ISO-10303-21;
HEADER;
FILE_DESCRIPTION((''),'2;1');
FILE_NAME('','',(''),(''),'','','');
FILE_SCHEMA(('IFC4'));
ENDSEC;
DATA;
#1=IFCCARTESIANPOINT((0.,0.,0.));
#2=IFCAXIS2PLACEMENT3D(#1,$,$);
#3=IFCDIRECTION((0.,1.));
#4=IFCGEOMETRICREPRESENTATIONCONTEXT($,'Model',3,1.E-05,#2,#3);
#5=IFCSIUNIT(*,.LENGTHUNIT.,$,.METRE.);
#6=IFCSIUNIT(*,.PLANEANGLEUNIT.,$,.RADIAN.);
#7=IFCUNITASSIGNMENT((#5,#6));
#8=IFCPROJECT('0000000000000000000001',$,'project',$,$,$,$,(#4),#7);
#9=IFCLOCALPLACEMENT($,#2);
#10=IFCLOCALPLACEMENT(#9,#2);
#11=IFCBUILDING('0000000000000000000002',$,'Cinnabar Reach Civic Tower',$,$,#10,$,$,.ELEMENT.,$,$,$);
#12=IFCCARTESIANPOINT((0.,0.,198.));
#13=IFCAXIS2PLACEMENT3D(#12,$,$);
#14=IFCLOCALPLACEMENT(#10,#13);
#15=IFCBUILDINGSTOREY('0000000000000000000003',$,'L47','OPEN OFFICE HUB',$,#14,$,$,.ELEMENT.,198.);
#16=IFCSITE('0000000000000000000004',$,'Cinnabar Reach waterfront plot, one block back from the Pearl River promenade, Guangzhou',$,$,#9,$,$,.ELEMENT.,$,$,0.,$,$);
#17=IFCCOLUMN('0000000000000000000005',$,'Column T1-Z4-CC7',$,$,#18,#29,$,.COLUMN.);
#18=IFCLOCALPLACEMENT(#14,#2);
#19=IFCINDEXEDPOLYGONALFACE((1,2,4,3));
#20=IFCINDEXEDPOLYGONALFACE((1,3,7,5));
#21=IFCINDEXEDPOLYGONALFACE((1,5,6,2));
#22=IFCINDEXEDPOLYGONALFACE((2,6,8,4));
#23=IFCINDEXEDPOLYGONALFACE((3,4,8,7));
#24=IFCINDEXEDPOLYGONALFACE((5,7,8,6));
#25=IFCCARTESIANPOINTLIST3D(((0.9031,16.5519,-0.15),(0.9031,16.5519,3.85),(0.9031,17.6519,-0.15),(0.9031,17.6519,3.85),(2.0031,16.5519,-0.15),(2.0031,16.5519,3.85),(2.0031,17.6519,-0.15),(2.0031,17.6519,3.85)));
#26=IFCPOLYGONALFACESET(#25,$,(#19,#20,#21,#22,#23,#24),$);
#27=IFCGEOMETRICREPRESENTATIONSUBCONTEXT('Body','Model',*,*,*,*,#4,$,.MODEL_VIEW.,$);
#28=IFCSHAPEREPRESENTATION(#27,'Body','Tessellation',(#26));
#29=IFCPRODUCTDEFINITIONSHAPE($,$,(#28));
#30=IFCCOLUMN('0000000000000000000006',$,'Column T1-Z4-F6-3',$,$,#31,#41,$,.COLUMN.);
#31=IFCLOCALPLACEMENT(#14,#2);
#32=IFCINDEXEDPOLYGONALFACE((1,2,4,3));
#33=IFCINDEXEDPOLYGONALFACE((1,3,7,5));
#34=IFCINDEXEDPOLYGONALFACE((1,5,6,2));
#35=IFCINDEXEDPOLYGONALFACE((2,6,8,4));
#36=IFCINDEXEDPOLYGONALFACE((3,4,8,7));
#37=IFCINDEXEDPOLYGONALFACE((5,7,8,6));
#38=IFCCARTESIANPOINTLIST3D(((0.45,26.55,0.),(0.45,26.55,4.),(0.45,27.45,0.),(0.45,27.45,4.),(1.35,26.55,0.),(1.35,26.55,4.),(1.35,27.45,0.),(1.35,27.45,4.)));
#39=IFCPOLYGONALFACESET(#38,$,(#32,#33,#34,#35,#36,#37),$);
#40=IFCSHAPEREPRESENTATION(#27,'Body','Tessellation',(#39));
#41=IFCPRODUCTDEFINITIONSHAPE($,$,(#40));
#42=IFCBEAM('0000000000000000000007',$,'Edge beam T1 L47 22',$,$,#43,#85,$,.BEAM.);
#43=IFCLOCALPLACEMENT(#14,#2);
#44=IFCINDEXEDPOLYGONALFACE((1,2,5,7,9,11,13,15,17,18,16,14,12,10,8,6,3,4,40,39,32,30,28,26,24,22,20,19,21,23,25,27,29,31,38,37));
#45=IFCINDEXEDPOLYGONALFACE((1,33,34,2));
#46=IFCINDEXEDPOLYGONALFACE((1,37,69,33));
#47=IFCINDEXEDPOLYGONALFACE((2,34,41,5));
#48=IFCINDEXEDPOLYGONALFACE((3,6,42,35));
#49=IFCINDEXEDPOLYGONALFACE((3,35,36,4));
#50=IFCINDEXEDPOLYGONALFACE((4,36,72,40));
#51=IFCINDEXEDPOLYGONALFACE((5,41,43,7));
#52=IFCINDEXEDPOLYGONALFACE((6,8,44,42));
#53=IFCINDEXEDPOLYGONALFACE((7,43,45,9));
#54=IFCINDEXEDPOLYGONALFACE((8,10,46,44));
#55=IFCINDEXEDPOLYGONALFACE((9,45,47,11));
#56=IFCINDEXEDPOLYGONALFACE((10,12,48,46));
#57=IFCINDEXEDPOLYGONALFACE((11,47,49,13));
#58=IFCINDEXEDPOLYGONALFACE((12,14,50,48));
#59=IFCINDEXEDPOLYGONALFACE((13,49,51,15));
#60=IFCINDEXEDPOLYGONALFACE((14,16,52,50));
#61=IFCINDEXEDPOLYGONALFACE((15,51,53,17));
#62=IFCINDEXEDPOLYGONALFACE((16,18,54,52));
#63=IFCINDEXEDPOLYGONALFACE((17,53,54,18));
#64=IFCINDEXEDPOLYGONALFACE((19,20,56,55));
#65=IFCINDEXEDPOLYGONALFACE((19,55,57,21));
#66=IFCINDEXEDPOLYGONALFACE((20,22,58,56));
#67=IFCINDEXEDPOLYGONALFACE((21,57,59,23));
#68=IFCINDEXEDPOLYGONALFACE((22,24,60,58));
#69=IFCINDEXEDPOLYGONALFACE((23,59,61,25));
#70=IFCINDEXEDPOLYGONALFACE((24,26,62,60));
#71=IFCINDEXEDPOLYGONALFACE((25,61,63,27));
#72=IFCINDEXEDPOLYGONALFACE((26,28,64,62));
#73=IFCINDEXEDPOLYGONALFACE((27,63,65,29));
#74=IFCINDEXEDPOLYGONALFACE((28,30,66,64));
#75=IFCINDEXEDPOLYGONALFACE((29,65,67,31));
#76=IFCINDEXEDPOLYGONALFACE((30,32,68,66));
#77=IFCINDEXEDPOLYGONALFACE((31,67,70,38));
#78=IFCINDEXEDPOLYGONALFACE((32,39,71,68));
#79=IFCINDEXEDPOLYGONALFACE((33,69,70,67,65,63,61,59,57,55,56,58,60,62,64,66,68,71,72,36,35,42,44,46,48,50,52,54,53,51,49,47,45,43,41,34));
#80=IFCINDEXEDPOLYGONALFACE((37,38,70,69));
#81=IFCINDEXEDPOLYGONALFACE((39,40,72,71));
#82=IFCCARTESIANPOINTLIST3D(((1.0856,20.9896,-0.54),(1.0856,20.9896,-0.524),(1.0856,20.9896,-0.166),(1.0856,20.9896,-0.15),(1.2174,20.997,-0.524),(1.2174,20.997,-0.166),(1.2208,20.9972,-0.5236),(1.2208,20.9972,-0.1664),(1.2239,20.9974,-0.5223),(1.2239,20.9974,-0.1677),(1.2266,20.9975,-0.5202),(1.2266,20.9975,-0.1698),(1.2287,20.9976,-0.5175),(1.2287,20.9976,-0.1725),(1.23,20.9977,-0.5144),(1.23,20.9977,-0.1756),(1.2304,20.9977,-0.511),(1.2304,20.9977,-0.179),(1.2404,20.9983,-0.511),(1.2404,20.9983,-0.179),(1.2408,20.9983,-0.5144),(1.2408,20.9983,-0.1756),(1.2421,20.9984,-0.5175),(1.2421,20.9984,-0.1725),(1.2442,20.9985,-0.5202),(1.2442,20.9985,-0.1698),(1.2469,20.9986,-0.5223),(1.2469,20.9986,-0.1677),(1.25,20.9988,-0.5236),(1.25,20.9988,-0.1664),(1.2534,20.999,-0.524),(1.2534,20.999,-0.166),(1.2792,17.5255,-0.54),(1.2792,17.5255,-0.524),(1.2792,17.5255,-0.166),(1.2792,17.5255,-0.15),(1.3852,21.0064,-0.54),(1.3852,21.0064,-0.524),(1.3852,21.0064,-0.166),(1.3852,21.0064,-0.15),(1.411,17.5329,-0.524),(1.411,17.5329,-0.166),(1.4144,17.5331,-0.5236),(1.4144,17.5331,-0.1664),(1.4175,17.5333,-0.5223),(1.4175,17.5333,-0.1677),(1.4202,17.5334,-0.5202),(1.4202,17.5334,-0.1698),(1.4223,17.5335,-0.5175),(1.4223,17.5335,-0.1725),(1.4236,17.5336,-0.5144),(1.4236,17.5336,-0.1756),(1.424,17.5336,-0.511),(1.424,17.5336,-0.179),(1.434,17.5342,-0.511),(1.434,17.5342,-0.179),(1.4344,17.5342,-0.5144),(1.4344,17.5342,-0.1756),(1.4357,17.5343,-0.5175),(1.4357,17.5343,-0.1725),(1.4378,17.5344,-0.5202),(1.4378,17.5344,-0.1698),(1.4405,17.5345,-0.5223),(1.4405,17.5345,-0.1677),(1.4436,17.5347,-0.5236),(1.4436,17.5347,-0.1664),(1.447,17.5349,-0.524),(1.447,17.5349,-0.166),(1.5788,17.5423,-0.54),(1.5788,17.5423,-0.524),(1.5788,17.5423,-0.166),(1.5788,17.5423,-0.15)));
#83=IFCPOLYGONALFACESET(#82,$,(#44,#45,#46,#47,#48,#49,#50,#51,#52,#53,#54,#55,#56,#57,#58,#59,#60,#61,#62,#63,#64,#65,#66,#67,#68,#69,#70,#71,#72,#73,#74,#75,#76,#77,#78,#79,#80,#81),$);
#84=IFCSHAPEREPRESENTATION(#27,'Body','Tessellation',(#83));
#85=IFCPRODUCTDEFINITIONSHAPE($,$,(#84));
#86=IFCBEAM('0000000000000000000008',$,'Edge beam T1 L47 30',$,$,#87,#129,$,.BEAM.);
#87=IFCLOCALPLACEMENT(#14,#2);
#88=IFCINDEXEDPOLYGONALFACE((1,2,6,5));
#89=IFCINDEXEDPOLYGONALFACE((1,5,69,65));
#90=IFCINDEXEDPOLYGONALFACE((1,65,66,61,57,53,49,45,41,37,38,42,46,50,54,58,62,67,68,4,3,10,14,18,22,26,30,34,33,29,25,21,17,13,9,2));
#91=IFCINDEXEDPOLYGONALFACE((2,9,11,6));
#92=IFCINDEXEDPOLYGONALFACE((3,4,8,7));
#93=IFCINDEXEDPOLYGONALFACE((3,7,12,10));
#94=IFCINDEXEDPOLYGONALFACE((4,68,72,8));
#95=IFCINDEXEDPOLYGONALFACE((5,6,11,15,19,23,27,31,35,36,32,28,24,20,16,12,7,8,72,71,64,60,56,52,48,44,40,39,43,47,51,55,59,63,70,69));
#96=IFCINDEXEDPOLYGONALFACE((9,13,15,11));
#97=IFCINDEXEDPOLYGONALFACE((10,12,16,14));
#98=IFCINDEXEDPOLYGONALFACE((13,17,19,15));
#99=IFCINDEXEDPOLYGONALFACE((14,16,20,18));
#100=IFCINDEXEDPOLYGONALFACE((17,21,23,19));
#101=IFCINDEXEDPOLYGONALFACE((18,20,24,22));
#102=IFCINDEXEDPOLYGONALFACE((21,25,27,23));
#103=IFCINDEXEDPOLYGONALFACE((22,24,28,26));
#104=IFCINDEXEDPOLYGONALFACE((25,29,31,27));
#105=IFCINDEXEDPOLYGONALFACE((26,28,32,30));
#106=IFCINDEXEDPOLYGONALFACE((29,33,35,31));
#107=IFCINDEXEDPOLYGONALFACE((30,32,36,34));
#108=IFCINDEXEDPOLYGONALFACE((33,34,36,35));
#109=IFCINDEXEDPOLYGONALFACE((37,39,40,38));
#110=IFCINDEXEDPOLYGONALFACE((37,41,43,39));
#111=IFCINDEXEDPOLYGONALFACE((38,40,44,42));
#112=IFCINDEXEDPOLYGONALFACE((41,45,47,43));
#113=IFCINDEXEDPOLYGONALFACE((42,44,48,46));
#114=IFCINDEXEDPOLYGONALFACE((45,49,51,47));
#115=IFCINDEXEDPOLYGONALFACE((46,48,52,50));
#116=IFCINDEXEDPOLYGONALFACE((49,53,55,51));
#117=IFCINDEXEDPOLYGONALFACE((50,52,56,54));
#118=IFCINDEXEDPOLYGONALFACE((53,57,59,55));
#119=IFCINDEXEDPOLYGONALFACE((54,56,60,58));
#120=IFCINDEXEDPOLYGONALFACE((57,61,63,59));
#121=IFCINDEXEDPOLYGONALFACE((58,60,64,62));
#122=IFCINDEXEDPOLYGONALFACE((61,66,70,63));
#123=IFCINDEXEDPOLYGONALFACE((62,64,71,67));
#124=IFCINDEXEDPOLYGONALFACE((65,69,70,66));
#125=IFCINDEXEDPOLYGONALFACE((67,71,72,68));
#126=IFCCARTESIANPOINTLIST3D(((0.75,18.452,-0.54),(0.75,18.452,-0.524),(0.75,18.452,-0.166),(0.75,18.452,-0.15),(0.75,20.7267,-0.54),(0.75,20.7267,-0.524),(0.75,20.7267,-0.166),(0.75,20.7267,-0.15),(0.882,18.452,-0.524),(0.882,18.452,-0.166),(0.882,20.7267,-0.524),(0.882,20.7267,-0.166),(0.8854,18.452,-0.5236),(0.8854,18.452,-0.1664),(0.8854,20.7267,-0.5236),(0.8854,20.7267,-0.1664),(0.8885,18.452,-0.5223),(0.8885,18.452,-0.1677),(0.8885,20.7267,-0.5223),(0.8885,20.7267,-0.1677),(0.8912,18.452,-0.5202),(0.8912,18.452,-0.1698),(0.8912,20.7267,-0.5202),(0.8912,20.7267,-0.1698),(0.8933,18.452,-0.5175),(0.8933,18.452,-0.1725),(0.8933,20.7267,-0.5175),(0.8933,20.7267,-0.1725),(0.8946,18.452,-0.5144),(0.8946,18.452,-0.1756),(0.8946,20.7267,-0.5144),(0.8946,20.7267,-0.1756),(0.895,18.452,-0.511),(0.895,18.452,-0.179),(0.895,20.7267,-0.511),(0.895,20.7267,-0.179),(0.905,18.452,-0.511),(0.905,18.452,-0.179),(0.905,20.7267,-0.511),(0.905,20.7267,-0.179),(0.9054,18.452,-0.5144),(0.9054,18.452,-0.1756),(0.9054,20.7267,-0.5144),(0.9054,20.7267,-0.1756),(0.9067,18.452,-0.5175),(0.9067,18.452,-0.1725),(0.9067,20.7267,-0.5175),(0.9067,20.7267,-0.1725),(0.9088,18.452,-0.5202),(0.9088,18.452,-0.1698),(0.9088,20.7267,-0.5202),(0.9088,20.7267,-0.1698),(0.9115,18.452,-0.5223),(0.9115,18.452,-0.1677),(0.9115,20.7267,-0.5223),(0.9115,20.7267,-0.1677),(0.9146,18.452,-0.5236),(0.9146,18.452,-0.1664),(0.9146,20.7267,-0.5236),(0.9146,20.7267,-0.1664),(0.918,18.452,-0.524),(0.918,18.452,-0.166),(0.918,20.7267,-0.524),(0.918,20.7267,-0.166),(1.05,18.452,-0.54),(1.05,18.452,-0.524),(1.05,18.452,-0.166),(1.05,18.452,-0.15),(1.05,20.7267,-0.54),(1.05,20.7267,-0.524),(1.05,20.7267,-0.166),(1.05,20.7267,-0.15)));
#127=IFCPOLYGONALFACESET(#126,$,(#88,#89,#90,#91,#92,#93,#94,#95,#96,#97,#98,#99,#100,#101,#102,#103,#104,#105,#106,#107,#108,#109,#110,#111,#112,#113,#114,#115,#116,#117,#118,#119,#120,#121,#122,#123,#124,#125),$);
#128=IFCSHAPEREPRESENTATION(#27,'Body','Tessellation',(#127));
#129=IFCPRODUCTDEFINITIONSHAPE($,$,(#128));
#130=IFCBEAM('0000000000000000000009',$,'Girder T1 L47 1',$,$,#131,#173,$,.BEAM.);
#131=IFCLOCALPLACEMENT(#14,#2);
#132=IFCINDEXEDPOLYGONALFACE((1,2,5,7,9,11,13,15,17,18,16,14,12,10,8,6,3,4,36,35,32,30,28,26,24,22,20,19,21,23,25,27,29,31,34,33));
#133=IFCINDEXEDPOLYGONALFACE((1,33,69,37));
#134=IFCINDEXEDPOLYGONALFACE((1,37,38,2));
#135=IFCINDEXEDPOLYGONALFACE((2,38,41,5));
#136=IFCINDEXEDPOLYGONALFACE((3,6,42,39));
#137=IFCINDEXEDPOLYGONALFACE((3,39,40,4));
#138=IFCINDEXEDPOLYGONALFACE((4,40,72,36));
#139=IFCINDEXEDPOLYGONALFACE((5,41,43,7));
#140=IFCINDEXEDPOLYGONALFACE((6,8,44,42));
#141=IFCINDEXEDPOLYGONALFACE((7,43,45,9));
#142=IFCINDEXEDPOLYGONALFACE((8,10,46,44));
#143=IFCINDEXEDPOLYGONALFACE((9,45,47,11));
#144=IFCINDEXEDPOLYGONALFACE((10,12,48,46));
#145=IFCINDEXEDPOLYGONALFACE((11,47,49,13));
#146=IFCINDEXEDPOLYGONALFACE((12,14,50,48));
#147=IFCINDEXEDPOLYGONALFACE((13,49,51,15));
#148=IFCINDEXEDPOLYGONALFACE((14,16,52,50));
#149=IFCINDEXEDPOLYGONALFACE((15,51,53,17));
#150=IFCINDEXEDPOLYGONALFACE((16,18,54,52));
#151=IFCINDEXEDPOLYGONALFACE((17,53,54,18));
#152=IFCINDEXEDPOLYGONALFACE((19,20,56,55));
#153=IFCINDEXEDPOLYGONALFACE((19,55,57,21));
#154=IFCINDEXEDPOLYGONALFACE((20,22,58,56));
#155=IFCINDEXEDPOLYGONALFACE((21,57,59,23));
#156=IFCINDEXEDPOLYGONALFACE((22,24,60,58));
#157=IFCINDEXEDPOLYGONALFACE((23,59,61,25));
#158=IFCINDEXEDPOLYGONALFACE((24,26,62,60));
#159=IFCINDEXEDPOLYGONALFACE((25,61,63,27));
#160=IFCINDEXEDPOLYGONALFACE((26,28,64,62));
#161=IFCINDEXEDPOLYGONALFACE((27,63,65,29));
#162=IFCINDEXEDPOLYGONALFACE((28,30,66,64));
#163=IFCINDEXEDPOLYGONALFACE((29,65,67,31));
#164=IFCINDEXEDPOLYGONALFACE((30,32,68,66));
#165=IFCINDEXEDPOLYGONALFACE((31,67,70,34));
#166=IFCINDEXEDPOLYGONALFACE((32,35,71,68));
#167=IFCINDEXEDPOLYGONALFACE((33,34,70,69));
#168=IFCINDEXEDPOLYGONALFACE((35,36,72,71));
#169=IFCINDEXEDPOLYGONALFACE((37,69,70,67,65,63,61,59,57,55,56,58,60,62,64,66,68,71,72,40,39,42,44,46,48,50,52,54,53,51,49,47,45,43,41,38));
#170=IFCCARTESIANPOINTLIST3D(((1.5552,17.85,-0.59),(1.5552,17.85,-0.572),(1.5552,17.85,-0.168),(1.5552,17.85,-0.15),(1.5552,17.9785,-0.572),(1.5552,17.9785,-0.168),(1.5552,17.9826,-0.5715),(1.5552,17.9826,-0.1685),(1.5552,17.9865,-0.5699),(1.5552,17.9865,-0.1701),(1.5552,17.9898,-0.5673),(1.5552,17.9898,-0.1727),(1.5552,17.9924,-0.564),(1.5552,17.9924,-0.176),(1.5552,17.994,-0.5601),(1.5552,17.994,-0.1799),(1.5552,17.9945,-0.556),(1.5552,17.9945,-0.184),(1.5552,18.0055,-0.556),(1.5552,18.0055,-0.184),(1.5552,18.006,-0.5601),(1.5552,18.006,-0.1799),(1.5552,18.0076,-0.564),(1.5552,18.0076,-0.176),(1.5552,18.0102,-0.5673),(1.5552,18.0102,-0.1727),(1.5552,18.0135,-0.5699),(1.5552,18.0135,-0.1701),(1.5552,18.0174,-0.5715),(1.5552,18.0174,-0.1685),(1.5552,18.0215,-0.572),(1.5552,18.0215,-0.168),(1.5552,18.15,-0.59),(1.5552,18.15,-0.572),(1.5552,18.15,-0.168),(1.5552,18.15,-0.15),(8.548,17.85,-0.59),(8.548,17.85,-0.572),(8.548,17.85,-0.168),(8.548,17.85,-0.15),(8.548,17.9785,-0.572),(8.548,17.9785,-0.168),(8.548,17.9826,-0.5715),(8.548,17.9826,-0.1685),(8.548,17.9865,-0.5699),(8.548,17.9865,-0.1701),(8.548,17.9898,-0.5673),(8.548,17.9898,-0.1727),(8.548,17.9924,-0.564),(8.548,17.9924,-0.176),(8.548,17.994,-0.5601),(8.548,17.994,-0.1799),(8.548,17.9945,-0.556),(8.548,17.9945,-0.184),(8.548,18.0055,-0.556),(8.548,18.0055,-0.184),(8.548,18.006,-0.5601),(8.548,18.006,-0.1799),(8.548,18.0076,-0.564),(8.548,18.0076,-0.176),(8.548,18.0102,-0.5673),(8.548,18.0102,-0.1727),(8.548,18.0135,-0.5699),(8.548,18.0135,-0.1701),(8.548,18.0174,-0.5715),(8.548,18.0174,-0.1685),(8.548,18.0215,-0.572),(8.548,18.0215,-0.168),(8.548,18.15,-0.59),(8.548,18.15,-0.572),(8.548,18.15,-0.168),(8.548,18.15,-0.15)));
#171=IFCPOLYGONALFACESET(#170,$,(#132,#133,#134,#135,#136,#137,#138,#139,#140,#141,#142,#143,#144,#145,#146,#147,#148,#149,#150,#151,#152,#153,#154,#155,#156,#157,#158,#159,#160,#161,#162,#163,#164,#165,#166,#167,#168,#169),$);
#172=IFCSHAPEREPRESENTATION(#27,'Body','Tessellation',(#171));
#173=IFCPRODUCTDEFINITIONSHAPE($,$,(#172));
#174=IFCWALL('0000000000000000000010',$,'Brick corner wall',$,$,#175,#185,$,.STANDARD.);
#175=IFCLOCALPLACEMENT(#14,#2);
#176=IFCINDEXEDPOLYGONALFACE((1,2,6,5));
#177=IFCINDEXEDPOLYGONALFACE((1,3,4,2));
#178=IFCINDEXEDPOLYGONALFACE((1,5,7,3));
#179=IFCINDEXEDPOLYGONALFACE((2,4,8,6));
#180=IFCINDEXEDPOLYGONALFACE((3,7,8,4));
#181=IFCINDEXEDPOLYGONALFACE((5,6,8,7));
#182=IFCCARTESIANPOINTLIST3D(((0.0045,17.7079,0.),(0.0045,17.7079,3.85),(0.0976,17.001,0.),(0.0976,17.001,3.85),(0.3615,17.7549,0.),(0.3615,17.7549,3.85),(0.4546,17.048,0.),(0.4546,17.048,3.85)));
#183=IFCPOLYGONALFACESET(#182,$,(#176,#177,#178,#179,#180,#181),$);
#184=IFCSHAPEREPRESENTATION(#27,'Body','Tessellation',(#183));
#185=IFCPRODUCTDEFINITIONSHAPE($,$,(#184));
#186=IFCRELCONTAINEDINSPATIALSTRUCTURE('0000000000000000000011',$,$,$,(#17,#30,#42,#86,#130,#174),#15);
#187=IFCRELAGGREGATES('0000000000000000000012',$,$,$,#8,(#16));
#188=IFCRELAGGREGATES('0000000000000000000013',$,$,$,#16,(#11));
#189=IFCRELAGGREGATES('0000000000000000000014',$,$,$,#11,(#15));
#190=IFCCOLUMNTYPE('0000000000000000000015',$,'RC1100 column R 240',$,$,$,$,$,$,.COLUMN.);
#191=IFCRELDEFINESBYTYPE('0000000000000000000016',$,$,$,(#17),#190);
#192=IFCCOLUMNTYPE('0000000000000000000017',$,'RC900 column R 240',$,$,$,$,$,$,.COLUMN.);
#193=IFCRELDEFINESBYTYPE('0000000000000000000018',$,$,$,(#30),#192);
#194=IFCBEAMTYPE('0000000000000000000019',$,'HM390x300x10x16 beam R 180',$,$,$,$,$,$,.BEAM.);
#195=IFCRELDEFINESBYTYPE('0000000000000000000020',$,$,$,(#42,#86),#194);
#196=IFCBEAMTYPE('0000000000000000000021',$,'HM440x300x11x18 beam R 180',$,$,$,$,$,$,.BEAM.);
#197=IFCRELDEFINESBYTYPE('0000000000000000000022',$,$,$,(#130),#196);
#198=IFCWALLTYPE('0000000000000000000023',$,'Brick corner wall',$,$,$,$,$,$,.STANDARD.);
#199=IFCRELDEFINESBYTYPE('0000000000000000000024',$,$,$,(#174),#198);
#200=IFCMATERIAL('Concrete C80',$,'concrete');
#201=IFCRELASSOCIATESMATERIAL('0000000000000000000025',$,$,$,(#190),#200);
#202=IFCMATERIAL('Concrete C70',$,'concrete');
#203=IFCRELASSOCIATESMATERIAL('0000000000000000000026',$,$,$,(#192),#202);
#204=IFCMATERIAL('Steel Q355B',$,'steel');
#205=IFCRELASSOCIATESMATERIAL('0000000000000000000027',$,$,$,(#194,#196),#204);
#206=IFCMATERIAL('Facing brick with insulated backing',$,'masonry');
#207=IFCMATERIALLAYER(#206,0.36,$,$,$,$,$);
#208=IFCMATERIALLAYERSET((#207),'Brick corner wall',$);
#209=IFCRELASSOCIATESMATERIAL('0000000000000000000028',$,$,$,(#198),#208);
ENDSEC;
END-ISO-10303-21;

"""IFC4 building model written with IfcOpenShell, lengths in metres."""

from ifc_helpers import new_model, si_unit, direction, frame, frame_2d, origin, origin_2d, place, context, subcontext, project, spatial, rectangle, i_section, extrude, material, layer, layer_set, material_profile, profile_set, type_object, element, save


model = new_model("IFC4")

# Units and contexts
model_context = context("Model", 3, precision=1e-05, world=origin(), true_north=direction((0.0, 1.0)))
body_context = subcontext(model_context, "Body", "Model", "MODEL_VIEW")
ifc_project = project(units=[si_unit("LENGTHUNIT", "METRE"), si_unit("PLANEANGLEUNIT", "RADIAN")], contexts=[model_context])

# Site, building, storey
site_placement = place(None, origin())
site = spatial("IfcSite", under=ifc_project, at=site_placement, Name="Cinnabar Reach waterfront plot, one block back from the Pearl River promenade, Guangzhou", CompositionType="ELEMENT", RefElevation=0.0)
building_placement = place(site_placement, origin())
building = spatial("IfcBuilding", under=site, at=building_placement, Name="Cinnabar Reach Civic Tower", CompositionType="ELEMENT")
storey_placement = place(building_placement, frame((0.0, 0.0, 198.0)))
storey = spatial("IfcBuildingStorey", under=building, at=storey_placement, Name="L47", Description="OPEN OFFICE HUB", CompositionType="ELEMENT", Elevation=198.0)

# Columns
ifc_material_1 = material(Name="Concrete C80", Category="concrete")
ifc_material_profile_1 = material_profile(ifc_material_1, rectangle(XDim=1.1, YDim=1.1, at=origin_2d()), Name="RC1100")
ifc_profile_set_1 = profile_set([ifc_material_profile_1], Name="Concrete C80")
column_type_1 = type_object("IfcColumnType", Name="RC1100 column R 240", PredefinedType="COLUMN", material=ifc_profile_set_1)
column_1_placement = place(storey_placement, frame((1.4531, 17.1019, -0.15), z_axis=(0.0, 0.0, 1.0), x_axis=(1.0, 0.0, 0.0)))
element("IfcColumn", 1, at=column_1_placement, inside=storey, type_object=column_type_1, Name="Column T1-Z4-CC7", PredefinedType="COLUMN", context=body_context, shape_type="SweptSolid", body=[
    extrude(rectangle(XDim=1.1, YDim=1.1, at=origin_2d()), origin(), (0.0, 0.0, 1.0), 4.0),
])
ifc_material_2 = material(Name="Concrete C70", Category="concrete")
ifc_material_profile_2 = material_profile(ifc_material_2, rectangle(XDim=0.9, YDim=0.9, at=origin_2d()), Name="RC900")
ifc_profile_set_2 = profile_set([ifc_material_profile_2], Name="Concrete C70")
column_type_2 = type_object("IfcColumnType", Name="RC900 column R 240", PredefinedType="COLUMN", material=ifc_profile_set_2)
column_2_placement = place(storey_placement, frame((0.9, 27.0, 0.0), z_axis=(0.0, 0.0, 1.0), x_axis=(1.0, 0.0, 0.0)))
element("IfcColumn", 2, at=column_2_placement, inside=storey, type_object=column_type_2, Name="Column T1-Z4-F6-3", PredefinedType="COLUMN", context=body_context, shape_type="SweptSolid", body=[
    extrude(rectangle(XDim=0.9, YDim=0.9, at=origin_2d()), origin(), (0.0, 0.0, 1.0), 4.0),
])

# Beams
ifc_material_3 = material(Name="Steel Q355B", Category="steel")
ifc_material_profile_3 = material_profile(ifc_material_3, i_section(OverallWidth=0.3, OverallDepth=0.39, WebThickness=0.01, FlangeThickness=0.016, FilletRadius=0.013, at=origin_2d()), Name="HM390x300x10x16")
ifc_profile_set_3 = profile_set([ifc_material_profile_3], Name="Steel Q355B")
beam_type_1 = type_object("IfcBeamType", Name="HM390x300x10x16 beam R 180", PredefinedType="BEAM", material=ifc_profile_set_3)
beam_1_placement = place(storey_placement, frame((1.2354, 20.998, -0.345), z_axis=(0.0558, -0.998442, 0.0), x_axis=(0.998442, 0.0558, 0.0)))
element("IfcBeam", 3, at=beam_1_placement, inside=storey, type_object=beam_type_1, Name="Edge beam T1 L47 22", PredefinedType="BEAM", context=body_context, shape_type="SweptSolid", body=[
    extrude(i_section(OverallWidth=0.3, OverallDepth=0.39, WebThickness=0.01, FlangeThickness=0.016, FilletRadius=0.013, at=origin_2d()), origin(), (0.0, 0.0, 1.0), 3.4695),
])
beam_2_placement = place(storey_placement, frame((0.9, 20.7267, -0.345), z_axis=(0.0, -1.0, 0.0), x_axis=(1.0, 0.0, 0.0)))
element("IfcBeam", 4, at=beam_2_placement, inside=storey, type_object=beam_type_1, Name="Edge beam T1 L47 30", PredefinedType="BEAM", context=body_context, shape_type="SweptSolid", body=[
    extrude(i_section(OverallWidth=0.3, OverallDepth=0.39, WebThickness=0.01, FlangeThickness=0.016, FilletRadius=0.013, at=origin_2d()), origin(), (0.0, 0.0, 1.0), 2.2747),
])
ifc_material_profile_4 = material_profile(ifc_material_3, i_section(OverallWidth=0.3, OverallDepth=0.44, WebThickness=0.011, FlangeThickness=0.018, FilletRadius=0.016, at=origin_2d()), Name="HM440x300x11x18")
ifc_profile_set_4 = profile_set([ifc_material_profile_4], Name="Steel Q355B")
beam_type_2 = type_object("IfcBeamType", Name="HM440x300x11x18 beam R 180", PredefinedType="BEAM", material=ifc_profile_set_4)
beam_3_placement = place(storey_placement, frame((1.5552, 18.0, -0.37), z_axis=(1.0, 0.0, 0.0), x_axis=(0.0, 1.0, 0.0)))
element("IfcBeam", 5, at=beam_3_placement, inside=storey, type_object=beam_type_2, Name="Girder T1 L47 1", PredefinedType="BEAM", context=body_context, shape_type="SweptSolid", body=[
    extrude(i_section(OverallWidth=0.3, OverallDepth=0.44, WebThickness=0.011, FlangeThickness=0.018, FilletRadius=0.016, at=origin_2d()), origin(), (0.0, 0.0, 1.0), 6.9928),
])

# Wall
ifc_material_4 = material(Name="Facing brick with insulated backing", Category="masonry")
ifc_layer_1 = layer(ifc_material_4, 0.36)
ifc_layer_set_1 = layer_set([ifc_layer_1], Name="Brick corner wall")
wall_type_1 = type_object("IfcWallType", Name="Brick corner wall", PredefinedType="STANDARD", material=ifc_layer_set_1)
for number, where, z_axis, x_axis, name in (
    (6, (0.183, 17.7314, 0.0), (0.0, 0.0, 1.0), (0.130556, -0.991441, 0.0), "Brick corner wall"),
):
    element("IfcWall", number, at=place(storey_placement, frame(where, z_axis=z_axis, x_axis=x_axis)), inside=storey, type_object=wall_type_1, Name=name, PredefinedType="STANDARD", context=body_context, shape_type="SweptSolid", body=[
        extrude(rectangle(XDim=0.7131, YDim=0.36, at=frame_2d((0.3565, 0.0))), origin(), (0.0, 0.0, 1.0), 3.85),
    ])

save(model, "model.ifc")
